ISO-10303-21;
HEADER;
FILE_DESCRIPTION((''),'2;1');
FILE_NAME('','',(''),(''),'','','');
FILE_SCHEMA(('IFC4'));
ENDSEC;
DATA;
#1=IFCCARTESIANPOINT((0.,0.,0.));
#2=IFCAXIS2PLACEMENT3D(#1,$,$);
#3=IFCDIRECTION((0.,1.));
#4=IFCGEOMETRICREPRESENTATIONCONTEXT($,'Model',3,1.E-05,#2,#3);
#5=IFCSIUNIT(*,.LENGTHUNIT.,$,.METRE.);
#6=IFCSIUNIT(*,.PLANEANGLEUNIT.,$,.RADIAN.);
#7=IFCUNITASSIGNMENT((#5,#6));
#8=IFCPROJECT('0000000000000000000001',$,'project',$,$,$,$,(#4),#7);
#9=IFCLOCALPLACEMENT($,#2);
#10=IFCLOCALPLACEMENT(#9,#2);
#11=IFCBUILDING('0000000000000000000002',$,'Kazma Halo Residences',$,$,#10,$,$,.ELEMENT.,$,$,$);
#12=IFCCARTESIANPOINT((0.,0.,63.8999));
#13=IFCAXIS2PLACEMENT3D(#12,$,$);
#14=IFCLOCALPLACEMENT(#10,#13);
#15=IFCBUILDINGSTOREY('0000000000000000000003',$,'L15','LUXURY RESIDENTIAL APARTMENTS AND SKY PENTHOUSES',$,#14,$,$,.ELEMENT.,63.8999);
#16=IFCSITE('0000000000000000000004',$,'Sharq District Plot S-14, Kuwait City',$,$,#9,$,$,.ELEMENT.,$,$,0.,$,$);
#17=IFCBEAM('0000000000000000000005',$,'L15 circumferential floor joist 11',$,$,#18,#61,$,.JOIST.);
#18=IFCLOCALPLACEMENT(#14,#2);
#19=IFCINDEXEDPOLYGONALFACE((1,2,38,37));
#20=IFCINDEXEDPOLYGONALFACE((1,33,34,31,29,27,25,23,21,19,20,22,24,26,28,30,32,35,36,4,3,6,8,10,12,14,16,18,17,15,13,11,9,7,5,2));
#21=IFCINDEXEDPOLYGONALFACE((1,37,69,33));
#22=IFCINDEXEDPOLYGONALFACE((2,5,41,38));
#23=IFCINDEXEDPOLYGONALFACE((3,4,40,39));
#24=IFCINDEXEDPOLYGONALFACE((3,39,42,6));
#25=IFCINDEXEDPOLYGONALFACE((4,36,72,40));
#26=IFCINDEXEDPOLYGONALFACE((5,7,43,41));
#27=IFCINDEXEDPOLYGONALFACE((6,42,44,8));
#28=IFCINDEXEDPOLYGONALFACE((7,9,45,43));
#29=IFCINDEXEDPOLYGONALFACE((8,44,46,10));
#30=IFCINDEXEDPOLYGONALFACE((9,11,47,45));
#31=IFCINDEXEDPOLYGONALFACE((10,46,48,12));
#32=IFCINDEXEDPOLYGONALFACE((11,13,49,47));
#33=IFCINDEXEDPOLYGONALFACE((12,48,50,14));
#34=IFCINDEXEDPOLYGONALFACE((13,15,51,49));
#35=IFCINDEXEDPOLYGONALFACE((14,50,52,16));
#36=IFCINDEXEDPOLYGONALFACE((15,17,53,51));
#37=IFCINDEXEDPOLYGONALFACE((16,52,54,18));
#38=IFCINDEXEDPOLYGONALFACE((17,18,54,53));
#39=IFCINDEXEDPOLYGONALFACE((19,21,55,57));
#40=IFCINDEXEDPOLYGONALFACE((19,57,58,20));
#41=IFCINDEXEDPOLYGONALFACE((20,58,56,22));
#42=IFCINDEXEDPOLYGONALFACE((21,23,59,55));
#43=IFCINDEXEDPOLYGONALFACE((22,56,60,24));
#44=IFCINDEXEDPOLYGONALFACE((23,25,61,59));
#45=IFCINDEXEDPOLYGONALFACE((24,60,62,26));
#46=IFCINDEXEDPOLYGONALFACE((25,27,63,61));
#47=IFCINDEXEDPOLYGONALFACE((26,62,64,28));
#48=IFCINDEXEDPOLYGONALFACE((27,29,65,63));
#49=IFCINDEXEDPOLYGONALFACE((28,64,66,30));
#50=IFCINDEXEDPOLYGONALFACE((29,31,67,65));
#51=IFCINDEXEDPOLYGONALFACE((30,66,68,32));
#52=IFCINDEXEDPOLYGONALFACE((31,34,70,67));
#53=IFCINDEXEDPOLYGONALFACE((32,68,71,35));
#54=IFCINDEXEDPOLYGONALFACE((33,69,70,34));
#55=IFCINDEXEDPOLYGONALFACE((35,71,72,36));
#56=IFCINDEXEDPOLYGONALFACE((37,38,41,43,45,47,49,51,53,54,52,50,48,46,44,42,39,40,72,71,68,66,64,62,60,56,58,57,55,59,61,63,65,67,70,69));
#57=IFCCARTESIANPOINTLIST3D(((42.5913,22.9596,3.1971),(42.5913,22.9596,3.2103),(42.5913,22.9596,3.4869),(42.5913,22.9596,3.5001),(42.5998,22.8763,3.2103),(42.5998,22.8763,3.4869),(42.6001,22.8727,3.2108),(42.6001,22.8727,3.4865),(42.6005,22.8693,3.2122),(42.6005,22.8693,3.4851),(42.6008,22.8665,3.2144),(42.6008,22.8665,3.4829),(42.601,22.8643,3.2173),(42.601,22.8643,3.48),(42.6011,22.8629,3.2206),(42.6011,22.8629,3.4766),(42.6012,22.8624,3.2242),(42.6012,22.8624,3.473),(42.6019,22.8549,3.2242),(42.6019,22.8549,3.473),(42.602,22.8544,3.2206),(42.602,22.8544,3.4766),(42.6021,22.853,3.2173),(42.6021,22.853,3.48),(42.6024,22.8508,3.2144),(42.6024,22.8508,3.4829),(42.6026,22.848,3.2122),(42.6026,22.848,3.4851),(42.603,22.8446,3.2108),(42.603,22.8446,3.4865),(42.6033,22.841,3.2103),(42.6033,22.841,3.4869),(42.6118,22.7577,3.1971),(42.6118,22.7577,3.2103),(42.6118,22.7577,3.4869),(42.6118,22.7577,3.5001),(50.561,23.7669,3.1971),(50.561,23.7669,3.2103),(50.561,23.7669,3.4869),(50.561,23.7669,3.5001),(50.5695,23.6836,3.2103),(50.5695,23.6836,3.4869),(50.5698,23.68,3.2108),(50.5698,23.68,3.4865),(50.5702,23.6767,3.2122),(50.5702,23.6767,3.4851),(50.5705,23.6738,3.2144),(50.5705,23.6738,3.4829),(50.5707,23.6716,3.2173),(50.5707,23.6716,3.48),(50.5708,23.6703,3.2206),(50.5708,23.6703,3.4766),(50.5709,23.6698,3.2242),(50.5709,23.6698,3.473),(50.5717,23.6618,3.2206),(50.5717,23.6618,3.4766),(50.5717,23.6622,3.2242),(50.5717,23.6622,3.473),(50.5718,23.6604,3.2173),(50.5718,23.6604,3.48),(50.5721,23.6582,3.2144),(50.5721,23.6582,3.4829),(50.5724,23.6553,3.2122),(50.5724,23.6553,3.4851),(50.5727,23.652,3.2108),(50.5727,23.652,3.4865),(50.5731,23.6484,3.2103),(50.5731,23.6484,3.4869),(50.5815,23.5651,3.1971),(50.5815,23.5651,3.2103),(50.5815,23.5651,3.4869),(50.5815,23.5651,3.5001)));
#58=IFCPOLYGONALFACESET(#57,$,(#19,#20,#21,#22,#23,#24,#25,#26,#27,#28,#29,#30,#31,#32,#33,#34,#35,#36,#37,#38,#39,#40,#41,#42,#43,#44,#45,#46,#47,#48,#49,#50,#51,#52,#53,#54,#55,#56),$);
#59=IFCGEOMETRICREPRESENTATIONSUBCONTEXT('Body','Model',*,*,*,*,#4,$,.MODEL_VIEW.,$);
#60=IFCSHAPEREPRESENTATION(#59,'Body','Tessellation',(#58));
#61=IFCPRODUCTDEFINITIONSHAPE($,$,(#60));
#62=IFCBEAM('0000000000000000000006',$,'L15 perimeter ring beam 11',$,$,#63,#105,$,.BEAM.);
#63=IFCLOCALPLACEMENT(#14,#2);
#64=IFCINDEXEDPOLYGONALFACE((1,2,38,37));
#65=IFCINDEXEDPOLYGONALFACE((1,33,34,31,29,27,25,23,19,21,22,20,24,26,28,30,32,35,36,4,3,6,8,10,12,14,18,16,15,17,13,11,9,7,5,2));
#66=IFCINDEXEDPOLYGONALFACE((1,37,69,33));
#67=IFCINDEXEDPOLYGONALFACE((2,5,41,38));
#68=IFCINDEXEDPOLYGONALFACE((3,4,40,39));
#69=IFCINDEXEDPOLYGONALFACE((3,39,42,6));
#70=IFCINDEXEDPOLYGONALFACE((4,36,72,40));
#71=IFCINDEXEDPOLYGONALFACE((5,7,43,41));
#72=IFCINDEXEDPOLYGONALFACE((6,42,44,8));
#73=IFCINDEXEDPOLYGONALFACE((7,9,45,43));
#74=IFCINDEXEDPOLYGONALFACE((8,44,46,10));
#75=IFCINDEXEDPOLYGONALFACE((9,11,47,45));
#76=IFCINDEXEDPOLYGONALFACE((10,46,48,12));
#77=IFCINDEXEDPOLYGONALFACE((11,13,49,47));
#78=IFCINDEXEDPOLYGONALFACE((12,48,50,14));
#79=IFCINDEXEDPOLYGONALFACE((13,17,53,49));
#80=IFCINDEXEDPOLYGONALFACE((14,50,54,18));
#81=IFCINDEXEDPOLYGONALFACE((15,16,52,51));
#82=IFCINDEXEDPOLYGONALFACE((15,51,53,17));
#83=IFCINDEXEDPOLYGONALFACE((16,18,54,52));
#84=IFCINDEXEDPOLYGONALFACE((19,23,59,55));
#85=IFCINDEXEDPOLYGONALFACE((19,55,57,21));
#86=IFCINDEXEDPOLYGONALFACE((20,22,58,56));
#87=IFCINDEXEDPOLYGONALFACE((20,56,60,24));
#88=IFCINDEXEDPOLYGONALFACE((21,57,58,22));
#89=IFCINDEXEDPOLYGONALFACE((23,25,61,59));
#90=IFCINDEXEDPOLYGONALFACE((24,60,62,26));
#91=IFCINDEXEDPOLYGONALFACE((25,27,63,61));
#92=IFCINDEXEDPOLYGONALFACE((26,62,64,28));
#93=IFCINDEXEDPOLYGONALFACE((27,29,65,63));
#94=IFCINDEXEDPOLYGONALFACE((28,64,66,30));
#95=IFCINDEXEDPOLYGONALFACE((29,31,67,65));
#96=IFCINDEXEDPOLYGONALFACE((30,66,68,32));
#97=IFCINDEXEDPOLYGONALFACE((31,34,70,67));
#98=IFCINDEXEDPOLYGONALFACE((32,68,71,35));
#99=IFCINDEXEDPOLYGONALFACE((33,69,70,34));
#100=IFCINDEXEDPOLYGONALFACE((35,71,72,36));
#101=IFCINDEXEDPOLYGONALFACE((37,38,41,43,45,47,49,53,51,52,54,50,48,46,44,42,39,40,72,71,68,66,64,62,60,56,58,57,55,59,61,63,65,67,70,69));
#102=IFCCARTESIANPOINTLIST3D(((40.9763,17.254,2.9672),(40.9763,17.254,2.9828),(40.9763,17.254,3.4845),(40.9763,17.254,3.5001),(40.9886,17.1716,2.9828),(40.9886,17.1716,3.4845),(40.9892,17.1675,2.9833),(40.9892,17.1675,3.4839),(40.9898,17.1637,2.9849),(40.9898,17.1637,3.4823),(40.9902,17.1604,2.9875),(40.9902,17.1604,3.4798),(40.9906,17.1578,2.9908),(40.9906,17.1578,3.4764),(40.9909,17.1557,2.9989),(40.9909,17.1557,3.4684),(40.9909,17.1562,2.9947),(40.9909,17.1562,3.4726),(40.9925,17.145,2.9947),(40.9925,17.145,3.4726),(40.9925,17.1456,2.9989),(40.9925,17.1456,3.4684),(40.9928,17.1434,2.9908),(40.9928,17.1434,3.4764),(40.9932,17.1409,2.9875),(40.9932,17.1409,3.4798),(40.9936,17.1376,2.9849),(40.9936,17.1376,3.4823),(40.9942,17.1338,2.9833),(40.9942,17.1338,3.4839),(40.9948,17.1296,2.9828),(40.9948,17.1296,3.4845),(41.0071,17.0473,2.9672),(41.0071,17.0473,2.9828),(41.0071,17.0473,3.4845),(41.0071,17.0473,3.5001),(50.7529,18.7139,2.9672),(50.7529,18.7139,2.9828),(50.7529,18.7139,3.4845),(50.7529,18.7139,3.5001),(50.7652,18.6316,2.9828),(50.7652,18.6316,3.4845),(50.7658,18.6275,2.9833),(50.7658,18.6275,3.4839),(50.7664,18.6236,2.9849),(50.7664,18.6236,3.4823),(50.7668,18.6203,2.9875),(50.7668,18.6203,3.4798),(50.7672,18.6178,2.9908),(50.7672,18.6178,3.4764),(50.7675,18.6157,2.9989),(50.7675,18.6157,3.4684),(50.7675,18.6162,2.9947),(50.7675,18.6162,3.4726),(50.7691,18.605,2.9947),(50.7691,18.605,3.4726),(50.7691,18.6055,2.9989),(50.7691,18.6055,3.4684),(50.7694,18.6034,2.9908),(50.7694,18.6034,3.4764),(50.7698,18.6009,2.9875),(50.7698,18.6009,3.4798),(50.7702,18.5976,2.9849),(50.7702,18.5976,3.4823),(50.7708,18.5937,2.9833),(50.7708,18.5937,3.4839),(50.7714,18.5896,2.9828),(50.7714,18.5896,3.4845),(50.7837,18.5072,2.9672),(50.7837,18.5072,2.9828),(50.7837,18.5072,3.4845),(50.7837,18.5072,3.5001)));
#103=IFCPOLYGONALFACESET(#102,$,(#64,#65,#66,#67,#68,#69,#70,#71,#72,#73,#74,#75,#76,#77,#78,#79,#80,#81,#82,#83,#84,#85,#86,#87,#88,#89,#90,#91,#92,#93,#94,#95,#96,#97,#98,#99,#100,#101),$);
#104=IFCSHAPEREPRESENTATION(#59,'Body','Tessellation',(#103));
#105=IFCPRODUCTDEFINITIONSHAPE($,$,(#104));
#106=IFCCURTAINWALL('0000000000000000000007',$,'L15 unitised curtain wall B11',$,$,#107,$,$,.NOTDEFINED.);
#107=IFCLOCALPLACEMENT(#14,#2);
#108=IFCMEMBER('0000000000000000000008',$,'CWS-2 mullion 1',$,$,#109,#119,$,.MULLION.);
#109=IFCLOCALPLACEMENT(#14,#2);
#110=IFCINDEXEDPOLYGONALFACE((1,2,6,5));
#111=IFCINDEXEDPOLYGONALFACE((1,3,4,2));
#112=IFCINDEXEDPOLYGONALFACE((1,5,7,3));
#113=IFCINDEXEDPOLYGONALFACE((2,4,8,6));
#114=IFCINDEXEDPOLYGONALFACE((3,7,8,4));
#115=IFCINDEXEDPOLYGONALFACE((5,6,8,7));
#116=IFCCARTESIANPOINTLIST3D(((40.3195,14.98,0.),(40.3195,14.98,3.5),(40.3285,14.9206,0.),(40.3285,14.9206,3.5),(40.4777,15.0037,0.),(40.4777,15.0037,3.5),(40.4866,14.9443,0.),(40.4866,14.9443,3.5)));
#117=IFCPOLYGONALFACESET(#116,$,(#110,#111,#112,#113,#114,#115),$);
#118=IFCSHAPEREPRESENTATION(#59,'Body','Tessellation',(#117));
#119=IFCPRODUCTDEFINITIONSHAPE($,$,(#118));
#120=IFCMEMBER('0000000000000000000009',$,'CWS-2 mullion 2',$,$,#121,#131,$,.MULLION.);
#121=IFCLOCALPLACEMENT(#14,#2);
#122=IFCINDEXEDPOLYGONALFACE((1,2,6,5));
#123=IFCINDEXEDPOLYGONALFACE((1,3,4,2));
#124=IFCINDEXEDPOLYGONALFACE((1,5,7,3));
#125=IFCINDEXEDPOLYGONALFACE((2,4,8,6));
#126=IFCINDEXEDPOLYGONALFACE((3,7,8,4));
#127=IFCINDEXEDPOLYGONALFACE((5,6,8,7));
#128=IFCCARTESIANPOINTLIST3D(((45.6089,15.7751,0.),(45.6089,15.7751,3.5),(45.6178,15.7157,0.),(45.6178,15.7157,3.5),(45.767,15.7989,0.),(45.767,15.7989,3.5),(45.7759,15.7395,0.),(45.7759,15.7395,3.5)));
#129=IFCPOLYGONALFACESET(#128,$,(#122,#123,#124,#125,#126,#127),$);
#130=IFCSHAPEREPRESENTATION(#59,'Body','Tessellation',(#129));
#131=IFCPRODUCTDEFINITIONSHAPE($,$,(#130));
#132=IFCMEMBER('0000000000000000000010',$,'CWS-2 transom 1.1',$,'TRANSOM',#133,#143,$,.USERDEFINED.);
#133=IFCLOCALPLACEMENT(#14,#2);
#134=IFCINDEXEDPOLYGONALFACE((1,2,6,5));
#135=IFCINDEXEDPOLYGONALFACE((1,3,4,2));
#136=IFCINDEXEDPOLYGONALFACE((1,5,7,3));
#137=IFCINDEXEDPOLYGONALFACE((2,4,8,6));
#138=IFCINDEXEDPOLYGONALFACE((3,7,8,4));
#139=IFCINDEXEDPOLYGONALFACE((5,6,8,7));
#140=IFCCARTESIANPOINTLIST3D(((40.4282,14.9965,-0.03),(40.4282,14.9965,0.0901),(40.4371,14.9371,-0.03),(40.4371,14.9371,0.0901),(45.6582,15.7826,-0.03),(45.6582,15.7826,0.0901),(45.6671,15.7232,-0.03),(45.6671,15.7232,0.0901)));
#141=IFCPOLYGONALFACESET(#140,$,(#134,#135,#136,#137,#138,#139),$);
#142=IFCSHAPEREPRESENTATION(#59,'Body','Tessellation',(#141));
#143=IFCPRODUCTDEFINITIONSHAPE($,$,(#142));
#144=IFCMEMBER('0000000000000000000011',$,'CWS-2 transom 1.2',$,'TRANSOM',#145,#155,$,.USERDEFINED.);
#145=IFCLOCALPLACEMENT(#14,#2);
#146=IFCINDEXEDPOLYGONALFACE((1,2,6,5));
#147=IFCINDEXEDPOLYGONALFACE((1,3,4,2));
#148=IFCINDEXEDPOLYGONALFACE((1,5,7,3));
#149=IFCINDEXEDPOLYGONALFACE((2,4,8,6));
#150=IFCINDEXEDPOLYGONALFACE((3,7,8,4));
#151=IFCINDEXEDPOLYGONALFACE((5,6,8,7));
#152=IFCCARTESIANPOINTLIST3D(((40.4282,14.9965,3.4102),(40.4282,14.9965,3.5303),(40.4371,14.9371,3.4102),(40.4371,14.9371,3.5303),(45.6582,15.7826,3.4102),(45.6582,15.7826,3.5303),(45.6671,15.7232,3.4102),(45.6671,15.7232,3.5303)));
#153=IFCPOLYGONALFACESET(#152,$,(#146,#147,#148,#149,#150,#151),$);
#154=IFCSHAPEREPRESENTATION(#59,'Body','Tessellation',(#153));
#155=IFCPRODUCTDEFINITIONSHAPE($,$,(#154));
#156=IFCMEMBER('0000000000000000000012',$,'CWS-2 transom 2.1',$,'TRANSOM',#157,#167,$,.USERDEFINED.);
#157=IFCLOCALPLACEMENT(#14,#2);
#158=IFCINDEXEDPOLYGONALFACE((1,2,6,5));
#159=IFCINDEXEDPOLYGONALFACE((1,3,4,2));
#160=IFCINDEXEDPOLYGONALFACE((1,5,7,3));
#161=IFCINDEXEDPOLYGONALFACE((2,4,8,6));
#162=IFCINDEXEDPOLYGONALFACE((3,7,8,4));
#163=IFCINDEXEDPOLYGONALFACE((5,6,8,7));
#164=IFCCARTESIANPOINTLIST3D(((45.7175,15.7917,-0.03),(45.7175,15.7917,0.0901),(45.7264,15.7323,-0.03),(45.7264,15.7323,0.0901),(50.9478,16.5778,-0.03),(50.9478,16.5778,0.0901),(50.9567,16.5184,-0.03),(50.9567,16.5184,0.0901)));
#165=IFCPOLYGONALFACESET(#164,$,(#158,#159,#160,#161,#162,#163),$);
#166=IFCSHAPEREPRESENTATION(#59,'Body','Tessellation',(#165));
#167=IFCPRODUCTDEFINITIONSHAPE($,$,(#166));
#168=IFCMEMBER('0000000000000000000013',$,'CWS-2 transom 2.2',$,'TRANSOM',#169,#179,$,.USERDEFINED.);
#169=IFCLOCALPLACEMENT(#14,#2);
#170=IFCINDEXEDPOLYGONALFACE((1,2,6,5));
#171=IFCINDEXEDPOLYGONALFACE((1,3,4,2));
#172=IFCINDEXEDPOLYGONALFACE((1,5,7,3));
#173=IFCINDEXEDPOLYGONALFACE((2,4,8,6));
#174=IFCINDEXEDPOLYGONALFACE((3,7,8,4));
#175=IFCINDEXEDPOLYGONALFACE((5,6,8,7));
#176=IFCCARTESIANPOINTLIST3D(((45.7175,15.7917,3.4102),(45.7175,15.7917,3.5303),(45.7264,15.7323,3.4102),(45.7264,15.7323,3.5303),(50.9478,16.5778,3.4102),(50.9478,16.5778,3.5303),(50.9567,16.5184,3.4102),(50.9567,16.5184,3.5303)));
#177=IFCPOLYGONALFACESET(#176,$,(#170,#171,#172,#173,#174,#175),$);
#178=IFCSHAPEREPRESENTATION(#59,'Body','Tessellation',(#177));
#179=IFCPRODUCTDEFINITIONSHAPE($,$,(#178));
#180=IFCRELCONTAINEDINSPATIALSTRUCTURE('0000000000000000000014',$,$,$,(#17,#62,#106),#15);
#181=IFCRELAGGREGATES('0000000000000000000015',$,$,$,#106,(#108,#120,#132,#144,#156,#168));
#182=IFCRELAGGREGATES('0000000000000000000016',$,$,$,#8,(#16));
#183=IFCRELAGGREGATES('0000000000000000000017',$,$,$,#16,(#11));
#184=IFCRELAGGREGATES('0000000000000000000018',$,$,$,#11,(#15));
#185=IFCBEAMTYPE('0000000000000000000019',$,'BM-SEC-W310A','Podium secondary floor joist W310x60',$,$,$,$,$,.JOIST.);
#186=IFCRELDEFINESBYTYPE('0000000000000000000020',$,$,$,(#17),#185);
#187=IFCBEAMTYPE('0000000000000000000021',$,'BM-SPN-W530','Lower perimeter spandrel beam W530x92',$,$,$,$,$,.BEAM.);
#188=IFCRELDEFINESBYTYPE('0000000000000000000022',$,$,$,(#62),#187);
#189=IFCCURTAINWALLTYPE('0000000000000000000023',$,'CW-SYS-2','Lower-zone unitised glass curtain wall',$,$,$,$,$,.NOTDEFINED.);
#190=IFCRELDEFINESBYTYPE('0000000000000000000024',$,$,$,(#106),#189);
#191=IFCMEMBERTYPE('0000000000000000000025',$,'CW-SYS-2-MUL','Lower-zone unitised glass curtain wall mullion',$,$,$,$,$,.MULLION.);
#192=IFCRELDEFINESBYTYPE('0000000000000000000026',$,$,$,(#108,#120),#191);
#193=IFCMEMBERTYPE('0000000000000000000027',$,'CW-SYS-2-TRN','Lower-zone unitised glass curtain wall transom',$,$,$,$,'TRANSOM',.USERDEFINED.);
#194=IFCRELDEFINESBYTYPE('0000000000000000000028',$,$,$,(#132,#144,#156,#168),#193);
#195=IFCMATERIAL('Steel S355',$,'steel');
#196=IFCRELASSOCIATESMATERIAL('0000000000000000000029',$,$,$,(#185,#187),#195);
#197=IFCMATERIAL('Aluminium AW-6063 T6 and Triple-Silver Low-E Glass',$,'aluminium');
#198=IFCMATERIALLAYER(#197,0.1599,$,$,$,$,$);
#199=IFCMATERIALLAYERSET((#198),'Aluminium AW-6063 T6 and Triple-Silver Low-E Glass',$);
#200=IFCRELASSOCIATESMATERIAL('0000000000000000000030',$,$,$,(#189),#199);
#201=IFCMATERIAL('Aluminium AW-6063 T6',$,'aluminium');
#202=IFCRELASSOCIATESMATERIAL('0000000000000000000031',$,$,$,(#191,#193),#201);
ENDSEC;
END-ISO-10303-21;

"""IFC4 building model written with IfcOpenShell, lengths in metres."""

from ifc_helpers import new_model, si_unit, direction, frame, origin, origin_2d, place, context, subcontext, project, spatial, rectangle, i_section, extrude, material, layer, layer_set, material_profile, profile_set, type_object, element, aggregate, save


model = new_model("IFC4")

# Units and contexts
model_context = context("Model", 3, precision=1e-05, world=origin(), true_north=direction((0.0, 1.0)))
body_context = subcontext(model_context, "Body", "Model", "MODEL_VIEW")
ifc_project = project(units=[si_unit("LENGTHUNIT", "METRE"), si_unit("PLANEANGLEUNIT", "RADIAN")], contexts=[model_context])

# Site, building, storey
site_placement = place(None, origin())
site = spatial("IfcSite", under=ifc_project, at=site_placement, Name="Sharq District Plot S-14, Kuwait City", CompositionType="ELEMENT", RefElevation=0.0)
building_placement = place(site_placement, origin())
building = spatial("IfcBuilding", under=site, at=building_placement, Name="Kazma Halo Residences", CompositionType="ELEMENT")
storey_placement = place(building_placement, frame((0.0, 0.0, 63.8999)))
storey = spatial("IfcBuildingStorey", under=building, at=storey_placement, Name="L15", Description="LUXURY RESIDENTIAL APARTMENTS AND SKY PENTHOUSES", CompositionType="ELEMENT", Elevation=63.8999)

# Beams
ifc_material_1 = material(Name="Steel S355", Category="steel")
ifc_material_profile_1 = material_profile(ifc_material_1, i_section(OverallWidth=0.2029, OverallDepth=0.303, WebThickness=0.0076, FlangeThickness=0.0132, FilletRadius=0.0139, at=origin_2d()), Name="W310x60")
ifc_profile_set_1 = profile_set([ifc_material_profile_1], Name="Steel S355")
beam_type_1 = type_object("IfcBeamType", Name="BM-SEC-W310A", Description="Podium secondary floor joist W310x60", PredefinedType="JOIST", material=ifc_profile_set_1)
beam_1_placement = place(storey_placement, frame((42.6016, 22.8586, 3.3486), z_axis=(0.994908, 0.100789, 0.0), x_axis=(-0.100789, 0.994908, 0.0)))
element("IfcBeam", 1, at=beam_1_placement, inside=storey, type_object=beam_type_1, Name="L15 circumferential floor joist 11", PredefinedType="JOIST", context=body_context, shape_type="SweptSolid", body=[
    extrude(i_section(OverallWidth=0.2029, OverallDepth=0.303, WebThickness=0.0076, FlangeThickness=0.0132, FilletRadius=0.0139, at=origin_2d()), origin(), (0.0, 0.0, 1.0), 8.0105),
])
ifc_material_profile_2 = material_profile(ifc_material_1, i_section(OverallWidth=0.209, OverallDepth=0.533, WebThickness=0.0103, FlangeThickness=0.0156, FilletRadius=0.0161, at=origin_2d()), Name="W530x92")
ifc_profile_set_2 = profile_set([ifc_material_profile_2], Name="Steel S355")
beam_type_2 = type_object("IfcBeamType", Name="BM-SPN-W530", Description="Lower perimeter spandrel beam W530x92", PredefinedType="BEAM", material=ifc_profile_set_2)
beam_2_placement = place(storey_placement, frame((40.9917, 17.1506, 3.2336), z_axis=(0.989033, 0.147694, 0.0), x_axis=(-0.147694, 0.989033, 0.0)))
element("IfcBeam", 2, at=beam_2_placement, inside=storey, type_object=beam_type_2, Name="L15 perimeter ring beam 11", PredefinedType="BEAM", context=body_context, shape_type="SweptSolid", body=[
    extrude(i_section(OverallWidth=0.209, OverallDepth=0.533, WebThickness=0.0103, FlangeThickness=0.0156, FilletRadius=0.0161, at=origin_2d()), origin(), (0.0, 0.0, 1.0), 9.885),
])

# Curtain wall, members
ifc_material_2 = material(Name="Aluminium AW-6063 T6 and Triple-Silver Low-E Glass", Category="aluminium")
ifc_layer_1 = layer(ifc_material_2, 0.1599)
ifc_layer_set_1 = layer_set([ifc_layer_1], Name="Aluminium AW-6063 T6 and Triple-Silver Low-E Glass")
curtain_wall_type = type_object("IfcCurtainWallType", Name="CW-SYS-2", Description="Lower-zone unitised glass curtain wall", PredefinedType="NOTDEFINED", material=ifc_layer_set_1)
curtain_wall_placement = place(storey_placement, origin())
curtain_wall = element("IfcCurtainWall", 3, at=curtain_wall_placement, inside=storey, type_object=curtain_wall_type, Name="L15 unitised curtain wall B11", PredefinedType="NOTDEFINED")
ifc_material_3 = material(Name="Aluminium AW-6063 T6", Category="aluminium")
ifc_material_profile_3 = material_profile(ifc_material_3, rectangle(XDim=0.0601, YDim=0.1599, at=origin_2d()), Name="CWM-60x160")
ifc_profile_set_3 = profile_set([ifc_material_profile_3], Name="Aluminium AW-6063 T6")
member_type_1 = type_object("IfcMemberType", Name="CW-SYS-2-MUL", Description="Lower-zone unitised glass curtain wall mullion", PredefinedType="MULLION", material=ifc_profile_set_3)
member_1_placement = place(storey_placement, frame((40.4031, 14.9622, 0.0), z_axis=(0.0, 0.0, 1.0), x_axis=(-0.148657, 0.988889, 0.0)))
member_1 = element("IfcMember", 4, at=member_1_placement, type_object=member_type_1, Name="CWS-2 mullion 1", PredefinedType="MULLION", context=body_context, shape_type="SweptSolid", body=[
    extrude(rectangle(XDim=0.0601, YDim=0.1599, at=origin_2d()), origin(), (0.0, 0.0, 1.0), 3.5),
])
member_2_placement = place(storey_placement, frame((45.6924, 15.7573, 0.0), z_axis=(0.0, 0.0, 1.0), x_axis=(-0.148657, 0.988889, 0.0)))
member_2 = element("IfcMember", 5, at=member_2_placement, type_object=member_type_1, Name="CWS-2 mullion 2", PredefinedType="MULLION", context=body_context, shape_type="SweptSolid", body=[
    extrude(rectangle(XDim=0.0601, YDim=0.1599, at=origin_2d()), origin(), (0.0, 0.0, 1.0), 3.5),
])
ifc_material_profile_4 = material_profile(ifc_material_3, rectangle(XDim=0.0601, YDim=0.1201, at=origin_2d()), Name="CWT-60x120")
ifc_profile_set_4 = profile_set([ifc_material_profile_4], Name="Aluminium AW-6063 T6")
member_type_2 = type_object("IfcMemberType", Name="CW-SYS-2-TRN", Description="Lower-zone unitised glass curtain wall transom", ElementType="TRANSOM", PredefinedType="USERDEFINED", material=ifc_profile_set_4)
member_3_placement = place(storey_placement, frame((40.4326, 14.9668, 0.03), z_axis=(0.988891, 0.148643, 0.0), x_axis=(-0.148643, 0.988891, 0.0)))
member_3 = element("IfcMember", 6, at=member_3_placement, type_object=member_type_2, Name="CWS-2 transom 1.1", ObjectType="TRANSOM", PredefinedType="USERDEFINED", context=body_context, shape_type="SweptSolid", body=[
    extrude(rectangle(XDim=0.0601, YDim=0.1201, at=origin_2d()), origin(), (0.0, 0.0, 1.0), 5.2888),
])
member_4_placement = place(storey_placement, frame((40.4326, 14.9668, 3.4702), z_axis=(0.988891, 0.148643, 0.0), x_axis=(-0.148643, 0.988891, 0.0)))
member_4 = element("IfcMember", 7, at=member_4_placement, type_object=member_type_2, Name="CWS-2 transom 1.2", ObjectType="TRANSOM", PredefinedType="USERDEFINED", context=body_context, shape_type="SweptSolid", body=[
    extrude(rectangle(XDim=0.0601, YDim=0.1201, at=origin_2d()), origin(), (0.0, 0.0, 1.0), 5.2888),
])
member_5_placement = place(storey_placement, frame((45.7219, 15.762, 0.03), z_axis=(0.988892, 0.148636, 0.0), x_axis=(-0.148636, 0.988892, 0.0)))
member_5 = element("IfcMember", 8, at=member_5_placement, type_object=member_type_2, Name="CWS-2 transom 2.1", ObjectType="TRANSOM", PredefinedType="USERDEFINED", context=body_context, shape_type="SweptSolid", body=[
    extrude(rectangle(XDim=0.0601, YDim=0.1201, at=origin_2d()), origin(), (0.0, 0.0, 1.0), 5.2891),
])
member_6_placement = place(storey_placement, frame((45.7219, 15.762, 3.4702), z_axis=(0.988892, 0.148636, 0.0), x_axis=(-0.148636, 0.988892, 0.0)))
member_6 = element("IfcMember", 9, at=member_6_placement, type_object=member_type_2, Name="CWS-2 transom 2.2", ObjectType="TRANSOM", PredefinedType="USERDEFINED", context=body_context, shape_type="SweptSolid", body=[
    extrude(rectangle(XDim=0.0601, YDim=0.1201, at=origin_2d()), origin(), (0.0, 0.0, 1.0), 5.2891),
])
aggregate(curtain_wall, [member_1, member_2, member_3, member_4, member_5, member_6])

save(model, "model.ifc")
